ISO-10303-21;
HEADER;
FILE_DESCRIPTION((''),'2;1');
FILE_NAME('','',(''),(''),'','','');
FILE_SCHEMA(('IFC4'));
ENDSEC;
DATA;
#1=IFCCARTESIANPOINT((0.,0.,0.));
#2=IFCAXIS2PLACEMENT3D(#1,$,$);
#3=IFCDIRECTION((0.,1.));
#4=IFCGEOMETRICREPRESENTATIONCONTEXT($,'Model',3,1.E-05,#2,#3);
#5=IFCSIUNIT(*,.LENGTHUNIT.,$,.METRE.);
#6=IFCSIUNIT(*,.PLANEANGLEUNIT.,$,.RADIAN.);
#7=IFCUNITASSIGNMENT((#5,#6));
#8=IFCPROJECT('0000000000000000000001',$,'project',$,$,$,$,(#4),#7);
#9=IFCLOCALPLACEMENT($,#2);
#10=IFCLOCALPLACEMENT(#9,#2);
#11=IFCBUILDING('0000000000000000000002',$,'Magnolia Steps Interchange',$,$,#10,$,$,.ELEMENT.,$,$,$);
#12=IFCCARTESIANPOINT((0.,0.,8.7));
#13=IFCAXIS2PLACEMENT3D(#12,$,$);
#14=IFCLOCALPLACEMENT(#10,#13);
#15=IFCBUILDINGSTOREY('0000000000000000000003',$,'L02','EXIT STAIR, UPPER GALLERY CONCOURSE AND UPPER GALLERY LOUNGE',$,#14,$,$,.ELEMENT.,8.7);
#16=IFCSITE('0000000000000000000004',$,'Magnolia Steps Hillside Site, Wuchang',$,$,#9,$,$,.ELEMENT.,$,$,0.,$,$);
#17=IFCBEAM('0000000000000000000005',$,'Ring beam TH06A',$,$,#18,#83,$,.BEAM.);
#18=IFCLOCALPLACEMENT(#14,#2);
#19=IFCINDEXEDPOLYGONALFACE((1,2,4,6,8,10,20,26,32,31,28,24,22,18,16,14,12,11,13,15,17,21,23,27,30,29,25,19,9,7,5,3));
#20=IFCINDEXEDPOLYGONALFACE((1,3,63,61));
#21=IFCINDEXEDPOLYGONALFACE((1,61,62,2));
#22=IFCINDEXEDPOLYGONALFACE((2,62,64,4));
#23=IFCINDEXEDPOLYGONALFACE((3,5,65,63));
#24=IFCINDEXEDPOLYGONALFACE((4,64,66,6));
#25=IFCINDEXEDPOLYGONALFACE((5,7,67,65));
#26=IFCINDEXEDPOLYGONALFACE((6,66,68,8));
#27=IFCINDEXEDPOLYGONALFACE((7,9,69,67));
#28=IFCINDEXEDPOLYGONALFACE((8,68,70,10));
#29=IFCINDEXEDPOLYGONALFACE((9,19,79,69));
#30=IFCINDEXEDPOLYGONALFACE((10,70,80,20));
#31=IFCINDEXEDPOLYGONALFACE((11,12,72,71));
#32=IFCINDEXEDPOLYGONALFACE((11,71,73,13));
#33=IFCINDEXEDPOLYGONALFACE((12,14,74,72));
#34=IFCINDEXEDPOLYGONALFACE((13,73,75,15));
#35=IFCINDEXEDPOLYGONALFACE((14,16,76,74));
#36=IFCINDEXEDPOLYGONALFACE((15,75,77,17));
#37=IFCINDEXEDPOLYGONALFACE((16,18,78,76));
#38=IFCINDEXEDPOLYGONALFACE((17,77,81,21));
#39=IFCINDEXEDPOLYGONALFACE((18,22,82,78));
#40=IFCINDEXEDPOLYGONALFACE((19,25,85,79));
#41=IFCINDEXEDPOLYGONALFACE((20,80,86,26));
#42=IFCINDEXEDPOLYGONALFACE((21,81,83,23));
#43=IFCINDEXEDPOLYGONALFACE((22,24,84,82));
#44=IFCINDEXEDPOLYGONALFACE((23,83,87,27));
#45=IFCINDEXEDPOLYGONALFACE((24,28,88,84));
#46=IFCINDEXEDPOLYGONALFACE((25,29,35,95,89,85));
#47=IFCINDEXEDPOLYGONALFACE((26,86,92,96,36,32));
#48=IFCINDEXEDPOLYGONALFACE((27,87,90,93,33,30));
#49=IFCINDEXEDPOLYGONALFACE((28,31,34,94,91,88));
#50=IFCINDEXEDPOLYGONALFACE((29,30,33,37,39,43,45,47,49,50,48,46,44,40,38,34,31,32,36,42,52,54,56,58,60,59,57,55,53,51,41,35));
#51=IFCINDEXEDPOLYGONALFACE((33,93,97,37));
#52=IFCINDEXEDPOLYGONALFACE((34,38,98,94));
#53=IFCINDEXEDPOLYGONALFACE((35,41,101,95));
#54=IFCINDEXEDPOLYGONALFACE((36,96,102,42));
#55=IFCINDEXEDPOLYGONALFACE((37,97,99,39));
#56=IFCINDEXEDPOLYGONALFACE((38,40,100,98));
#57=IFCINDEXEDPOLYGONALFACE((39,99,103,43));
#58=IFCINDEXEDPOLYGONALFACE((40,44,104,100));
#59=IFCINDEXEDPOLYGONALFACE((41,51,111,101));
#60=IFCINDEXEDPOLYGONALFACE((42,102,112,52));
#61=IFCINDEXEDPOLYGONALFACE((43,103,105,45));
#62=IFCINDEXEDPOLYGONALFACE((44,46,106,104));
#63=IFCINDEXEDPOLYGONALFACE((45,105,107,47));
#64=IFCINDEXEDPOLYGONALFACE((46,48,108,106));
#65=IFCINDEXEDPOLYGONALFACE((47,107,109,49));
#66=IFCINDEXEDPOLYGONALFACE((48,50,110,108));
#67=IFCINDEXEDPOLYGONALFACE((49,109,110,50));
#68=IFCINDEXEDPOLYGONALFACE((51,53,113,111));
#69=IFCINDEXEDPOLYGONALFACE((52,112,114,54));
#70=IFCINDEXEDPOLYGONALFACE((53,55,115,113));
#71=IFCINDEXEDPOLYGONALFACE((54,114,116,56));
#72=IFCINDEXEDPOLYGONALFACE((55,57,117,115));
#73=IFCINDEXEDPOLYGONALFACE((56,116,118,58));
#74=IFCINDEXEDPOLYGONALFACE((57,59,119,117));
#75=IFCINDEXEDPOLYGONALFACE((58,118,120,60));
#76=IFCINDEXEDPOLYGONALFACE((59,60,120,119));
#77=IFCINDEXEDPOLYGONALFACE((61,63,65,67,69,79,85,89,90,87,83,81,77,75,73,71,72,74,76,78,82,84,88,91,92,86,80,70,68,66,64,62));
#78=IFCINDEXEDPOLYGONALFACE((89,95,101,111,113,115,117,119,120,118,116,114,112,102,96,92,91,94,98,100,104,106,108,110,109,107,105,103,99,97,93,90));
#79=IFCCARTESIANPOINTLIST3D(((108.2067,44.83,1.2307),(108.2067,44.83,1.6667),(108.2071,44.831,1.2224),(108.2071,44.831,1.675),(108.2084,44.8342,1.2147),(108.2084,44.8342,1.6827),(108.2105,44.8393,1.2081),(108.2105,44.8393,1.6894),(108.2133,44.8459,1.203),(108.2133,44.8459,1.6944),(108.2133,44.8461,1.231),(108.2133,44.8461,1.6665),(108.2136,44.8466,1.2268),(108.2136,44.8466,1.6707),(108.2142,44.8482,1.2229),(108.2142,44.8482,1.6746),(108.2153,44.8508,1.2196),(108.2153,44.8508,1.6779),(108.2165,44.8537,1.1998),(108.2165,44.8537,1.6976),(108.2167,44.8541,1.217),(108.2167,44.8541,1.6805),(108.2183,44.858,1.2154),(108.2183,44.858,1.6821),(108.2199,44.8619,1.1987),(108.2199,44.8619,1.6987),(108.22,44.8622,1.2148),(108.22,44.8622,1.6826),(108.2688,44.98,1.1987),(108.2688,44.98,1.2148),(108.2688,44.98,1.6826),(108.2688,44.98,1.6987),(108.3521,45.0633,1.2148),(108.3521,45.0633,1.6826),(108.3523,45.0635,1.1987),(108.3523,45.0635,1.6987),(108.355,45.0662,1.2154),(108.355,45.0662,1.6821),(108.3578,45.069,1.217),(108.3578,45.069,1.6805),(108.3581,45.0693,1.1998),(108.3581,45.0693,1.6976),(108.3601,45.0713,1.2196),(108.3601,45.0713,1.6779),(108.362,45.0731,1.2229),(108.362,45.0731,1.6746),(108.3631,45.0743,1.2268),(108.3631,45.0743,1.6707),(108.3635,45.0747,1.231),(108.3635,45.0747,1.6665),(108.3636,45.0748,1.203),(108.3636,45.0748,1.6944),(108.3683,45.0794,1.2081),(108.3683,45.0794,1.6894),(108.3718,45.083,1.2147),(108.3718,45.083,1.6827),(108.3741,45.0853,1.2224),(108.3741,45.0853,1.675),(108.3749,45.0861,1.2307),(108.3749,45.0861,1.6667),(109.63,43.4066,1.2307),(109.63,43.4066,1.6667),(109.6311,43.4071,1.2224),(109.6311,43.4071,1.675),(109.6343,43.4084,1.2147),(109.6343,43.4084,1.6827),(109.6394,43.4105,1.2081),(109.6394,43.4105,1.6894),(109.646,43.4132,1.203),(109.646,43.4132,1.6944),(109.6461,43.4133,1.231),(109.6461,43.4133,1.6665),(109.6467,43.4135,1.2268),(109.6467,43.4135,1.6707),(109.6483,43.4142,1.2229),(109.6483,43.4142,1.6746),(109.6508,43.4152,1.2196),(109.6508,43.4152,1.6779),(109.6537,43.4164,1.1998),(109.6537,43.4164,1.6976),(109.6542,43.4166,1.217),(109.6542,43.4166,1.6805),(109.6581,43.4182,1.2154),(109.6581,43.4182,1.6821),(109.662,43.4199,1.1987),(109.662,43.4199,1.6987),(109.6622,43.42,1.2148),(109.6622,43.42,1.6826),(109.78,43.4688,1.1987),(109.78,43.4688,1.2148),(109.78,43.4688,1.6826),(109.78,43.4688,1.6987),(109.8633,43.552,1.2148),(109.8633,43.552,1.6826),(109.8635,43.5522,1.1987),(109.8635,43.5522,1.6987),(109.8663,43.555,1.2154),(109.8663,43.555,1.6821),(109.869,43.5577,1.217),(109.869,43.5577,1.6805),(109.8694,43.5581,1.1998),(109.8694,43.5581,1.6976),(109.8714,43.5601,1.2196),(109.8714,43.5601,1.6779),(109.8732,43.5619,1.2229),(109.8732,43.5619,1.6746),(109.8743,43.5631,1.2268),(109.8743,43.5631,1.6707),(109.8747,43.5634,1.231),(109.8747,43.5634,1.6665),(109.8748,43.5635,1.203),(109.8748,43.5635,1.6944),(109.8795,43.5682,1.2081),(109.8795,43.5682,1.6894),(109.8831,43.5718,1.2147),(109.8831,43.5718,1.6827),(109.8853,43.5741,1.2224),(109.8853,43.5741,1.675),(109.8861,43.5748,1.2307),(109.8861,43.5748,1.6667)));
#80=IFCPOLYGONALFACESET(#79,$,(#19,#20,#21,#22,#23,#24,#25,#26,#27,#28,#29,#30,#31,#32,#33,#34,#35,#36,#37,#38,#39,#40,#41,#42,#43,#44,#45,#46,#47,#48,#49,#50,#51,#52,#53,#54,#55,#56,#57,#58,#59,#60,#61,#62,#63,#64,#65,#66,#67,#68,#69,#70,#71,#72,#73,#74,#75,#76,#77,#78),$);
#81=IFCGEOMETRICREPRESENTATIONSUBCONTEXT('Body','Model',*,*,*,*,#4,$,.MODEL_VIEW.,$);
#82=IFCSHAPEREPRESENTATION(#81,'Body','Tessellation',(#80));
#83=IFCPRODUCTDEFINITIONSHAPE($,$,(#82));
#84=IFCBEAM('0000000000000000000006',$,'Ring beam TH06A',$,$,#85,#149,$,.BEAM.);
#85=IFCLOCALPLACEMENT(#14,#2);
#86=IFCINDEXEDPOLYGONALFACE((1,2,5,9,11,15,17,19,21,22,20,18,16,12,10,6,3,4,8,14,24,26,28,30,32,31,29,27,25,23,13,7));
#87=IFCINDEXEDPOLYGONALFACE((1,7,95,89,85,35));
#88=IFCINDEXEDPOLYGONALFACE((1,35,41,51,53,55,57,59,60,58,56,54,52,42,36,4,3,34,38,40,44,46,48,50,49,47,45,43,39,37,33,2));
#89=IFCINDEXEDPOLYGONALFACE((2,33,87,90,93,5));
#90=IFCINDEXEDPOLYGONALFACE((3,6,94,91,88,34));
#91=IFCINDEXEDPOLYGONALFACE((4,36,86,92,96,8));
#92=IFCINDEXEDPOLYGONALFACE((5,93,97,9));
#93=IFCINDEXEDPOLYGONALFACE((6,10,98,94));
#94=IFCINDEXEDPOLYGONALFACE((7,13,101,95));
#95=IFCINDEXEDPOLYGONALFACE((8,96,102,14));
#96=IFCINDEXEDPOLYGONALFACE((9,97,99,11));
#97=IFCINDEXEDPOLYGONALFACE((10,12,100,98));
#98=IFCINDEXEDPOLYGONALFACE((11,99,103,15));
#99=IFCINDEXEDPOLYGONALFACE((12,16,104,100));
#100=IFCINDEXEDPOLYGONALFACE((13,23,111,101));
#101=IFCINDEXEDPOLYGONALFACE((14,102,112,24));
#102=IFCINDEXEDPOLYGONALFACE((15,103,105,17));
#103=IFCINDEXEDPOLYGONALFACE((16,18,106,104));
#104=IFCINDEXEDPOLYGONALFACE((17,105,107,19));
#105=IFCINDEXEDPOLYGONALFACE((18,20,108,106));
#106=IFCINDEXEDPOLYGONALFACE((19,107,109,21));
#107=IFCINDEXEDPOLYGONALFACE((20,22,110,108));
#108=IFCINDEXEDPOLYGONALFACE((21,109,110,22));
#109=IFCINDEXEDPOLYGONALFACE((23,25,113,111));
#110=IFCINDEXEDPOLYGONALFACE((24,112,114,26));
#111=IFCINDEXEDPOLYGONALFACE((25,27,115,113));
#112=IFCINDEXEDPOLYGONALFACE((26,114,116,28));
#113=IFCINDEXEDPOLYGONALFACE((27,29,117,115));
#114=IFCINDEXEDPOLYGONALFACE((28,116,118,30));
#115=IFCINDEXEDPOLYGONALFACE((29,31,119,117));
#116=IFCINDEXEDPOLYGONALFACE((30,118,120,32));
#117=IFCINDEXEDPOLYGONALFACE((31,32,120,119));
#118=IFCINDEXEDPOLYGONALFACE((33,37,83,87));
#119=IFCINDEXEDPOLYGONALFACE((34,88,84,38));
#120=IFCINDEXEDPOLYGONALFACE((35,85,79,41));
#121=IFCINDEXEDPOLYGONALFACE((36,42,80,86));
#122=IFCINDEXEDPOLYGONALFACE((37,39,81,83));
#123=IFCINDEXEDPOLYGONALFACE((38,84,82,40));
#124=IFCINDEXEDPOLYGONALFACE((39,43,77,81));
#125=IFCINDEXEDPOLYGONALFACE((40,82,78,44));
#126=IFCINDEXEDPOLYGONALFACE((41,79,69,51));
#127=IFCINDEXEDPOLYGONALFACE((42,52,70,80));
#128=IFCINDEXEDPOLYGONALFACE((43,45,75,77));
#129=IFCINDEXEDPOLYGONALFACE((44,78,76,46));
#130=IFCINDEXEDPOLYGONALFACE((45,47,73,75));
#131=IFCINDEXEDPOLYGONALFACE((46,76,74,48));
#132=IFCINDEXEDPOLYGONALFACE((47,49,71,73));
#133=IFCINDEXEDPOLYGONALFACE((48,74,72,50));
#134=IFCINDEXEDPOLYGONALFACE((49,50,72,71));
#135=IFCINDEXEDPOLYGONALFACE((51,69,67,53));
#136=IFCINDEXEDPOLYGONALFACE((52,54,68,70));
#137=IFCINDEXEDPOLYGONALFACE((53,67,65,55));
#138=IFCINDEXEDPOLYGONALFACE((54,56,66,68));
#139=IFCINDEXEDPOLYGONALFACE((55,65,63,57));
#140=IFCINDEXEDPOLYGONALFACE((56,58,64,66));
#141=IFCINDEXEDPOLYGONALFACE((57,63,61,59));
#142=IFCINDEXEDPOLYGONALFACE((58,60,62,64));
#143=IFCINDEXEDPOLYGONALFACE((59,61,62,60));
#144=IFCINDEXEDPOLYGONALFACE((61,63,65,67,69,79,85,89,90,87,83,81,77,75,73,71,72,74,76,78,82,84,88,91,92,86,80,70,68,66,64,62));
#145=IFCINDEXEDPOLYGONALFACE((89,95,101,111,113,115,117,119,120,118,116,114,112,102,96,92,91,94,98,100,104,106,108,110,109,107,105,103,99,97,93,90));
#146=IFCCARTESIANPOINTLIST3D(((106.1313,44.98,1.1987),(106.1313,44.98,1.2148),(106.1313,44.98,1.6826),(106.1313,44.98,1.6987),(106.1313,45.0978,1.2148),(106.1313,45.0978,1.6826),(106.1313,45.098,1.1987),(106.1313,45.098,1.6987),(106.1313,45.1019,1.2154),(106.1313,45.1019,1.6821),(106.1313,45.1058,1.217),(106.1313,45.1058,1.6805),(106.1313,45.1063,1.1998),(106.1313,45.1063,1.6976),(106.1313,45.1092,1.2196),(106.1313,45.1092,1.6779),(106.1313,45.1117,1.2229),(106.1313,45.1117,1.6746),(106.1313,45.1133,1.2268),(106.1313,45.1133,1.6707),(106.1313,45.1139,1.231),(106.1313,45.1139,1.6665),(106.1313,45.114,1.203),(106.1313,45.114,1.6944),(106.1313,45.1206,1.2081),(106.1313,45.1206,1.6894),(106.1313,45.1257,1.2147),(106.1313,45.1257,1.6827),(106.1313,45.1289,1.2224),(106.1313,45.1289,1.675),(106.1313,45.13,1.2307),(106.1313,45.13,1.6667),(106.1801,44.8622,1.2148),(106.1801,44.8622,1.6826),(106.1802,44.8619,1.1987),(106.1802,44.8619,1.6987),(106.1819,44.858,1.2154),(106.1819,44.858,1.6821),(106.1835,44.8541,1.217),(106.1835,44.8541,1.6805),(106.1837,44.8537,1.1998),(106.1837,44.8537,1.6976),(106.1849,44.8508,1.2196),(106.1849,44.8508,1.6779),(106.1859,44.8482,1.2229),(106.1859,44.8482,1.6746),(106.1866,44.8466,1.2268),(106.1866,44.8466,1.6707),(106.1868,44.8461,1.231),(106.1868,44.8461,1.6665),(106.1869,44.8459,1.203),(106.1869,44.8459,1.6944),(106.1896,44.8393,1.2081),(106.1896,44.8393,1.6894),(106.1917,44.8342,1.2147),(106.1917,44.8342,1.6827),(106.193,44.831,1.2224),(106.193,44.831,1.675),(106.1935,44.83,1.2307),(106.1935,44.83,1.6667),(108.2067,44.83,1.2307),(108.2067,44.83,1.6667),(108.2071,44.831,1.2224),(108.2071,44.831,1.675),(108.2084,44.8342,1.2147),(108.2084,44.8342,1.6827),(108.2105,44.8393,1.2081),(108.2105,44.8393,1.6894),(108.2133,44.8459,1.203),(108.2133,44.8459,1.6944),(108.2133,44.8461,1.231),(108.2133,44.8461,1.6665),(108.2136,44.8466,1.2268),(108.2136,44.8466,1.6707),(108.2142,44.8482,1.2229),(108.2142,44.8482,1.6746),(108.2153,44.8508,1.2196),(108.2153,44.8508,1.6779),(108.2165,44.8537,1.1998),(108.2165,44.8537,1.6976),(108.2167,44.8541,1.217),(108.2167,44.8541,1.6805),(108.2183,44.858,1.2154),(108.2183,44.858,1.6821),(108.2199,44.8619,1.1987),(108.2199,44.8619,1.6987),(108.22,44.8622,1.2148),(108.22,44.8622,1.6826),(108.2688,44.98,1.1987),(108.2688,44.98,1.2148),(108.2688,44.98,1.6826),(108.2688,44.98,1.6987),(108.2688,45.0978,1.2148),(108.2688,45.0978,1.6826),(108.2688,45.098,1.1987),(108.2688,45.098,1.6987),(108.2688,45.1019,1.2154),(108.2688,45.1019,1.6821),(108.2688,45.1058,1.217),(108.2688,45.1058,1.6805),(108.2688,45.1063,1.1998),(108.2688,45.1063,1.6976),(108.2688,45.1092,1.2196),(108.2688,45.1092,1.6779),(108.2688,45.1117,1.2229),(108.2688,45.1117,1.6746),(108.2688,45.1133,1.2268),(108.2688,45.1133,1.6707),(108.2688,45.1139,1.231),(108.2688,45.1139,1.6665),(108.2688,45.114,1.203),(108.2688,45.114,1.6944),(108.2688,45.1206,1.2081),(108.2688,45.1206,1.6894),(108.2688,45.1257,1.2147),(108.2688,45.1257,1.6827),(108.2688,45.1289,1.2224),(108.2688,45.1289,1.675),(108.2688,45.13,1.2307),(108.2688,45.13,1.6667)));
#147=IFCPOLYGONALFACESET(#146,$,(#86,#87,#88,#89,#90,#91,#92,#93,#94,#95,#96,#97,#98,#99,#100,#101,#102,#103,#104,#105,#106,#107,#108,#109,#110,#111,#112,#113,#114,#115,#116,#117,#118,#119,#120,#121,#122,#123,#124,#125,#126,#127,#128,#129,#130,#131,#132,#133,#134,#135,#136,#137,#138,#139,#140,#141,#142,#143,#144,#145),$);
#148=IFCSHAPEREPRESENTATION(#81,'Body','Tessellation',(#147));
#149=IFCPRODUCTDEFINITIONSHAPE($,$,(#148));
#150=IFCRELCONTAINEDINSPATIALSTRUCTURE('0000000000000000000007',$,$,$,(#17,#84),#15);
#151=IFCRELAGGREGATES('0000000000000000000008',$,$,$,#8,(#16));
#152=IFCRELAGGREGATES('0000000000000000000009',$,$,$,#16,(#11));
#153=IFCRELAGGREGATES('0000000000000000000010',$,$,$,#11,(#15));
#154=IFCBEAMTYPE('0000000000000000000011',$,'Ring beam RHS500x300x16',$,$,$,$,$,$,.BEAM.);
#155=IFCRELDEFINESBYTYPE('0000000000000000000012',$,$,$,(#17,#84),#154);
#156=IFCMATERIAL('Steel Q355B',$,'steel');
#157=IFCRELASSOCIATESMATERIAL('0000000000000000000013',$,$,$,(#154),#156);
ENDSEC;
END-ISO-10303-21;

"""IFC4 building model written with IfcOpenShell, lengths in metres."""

from ifc_helpers import new_model, si_unit, direction, frame, origin, origin_2d, place, context, subcontext, project, spatial, hollow_rectangle, extrude, clip, halfspace, material, material_profile, profile_set, type_object, element, save


model = new_model("IFC4")

# Units and contexts
model_context = context("Model", 3, precision=1e-05, world=origin(), true_north=direction((0.0, 1.0)))
body_context = subcontext(model_context, "Body", "Model", "MODEL_VIEW")
ifc_project = project(units=[si_unit("LENGTHUNIT", "METRE"), si_unit("PLANEANGLEUNIT", "RADIAN")], contexts=[model_context])

# Site, building, storey
site_placement = place(None, origin())
site = spatial("IfcSite", under=ifc_project, at=site_placement, Name="Magnolia Steps Hillside Site, Wuchang", CompositionType="ELEMENT", RefElevation=0.0)
building_placement = place(site_placement, origin())
building = spatial("IfcBuilding", under=site, at=building_placement, Name="Magnolia Steps Interchange", CompositionType="ELEMENT")
storey_placement = place(building_placement, frame((0.0, 0.0, 8.7)))
storey = spatial("IfcBuildingStorey", under=building, at=storey_placement, Name="L02", Description="EXIT STAIR, UPPER GALLERY CONCOURSE AND UPPER GALLERY LOUNGE", CompositionType="ELEMENT", Elevation=8.7)

# Beams
ifc_material_1 = material(Name="Steel Q355B", Category="steel")
ifc_material_profile_1 = material_profile(ifc_material_1, hollow_rectangle(XDim=0.3, YDim=0.5, WallThickness=0.0161, InnerFilletRadius=0.0161, OuterFilletRadius=0.032, at=origin_2d()), Name="RHS500x300x16")
ifc_profile_set_1 = profile_set([ifc_material_profile_1], Name="Steel Q355B")
beam_type = type_object("IfcBeamType", Name="Ring beam RHS500x300x16", PredefinedType="BEAM", material=ifc_profile_set_1)
beam_1_placement = place(storey_placement, frame((109.78, 43.4688, 1.4487), z_axis=(-0.707107, 0.707107, 0.0), x_axis=(-0.707107, -0.707107, 0.0)))
element("IfcBeam", 1, at=beam_1_placement, inside=storey, type_object=beam_type, Name="Ring beam TH06A", PredefinedType="BEAM", context=body_context, shape_type="Clipping", body=[
    clip(clip(extrude(hollow_rectangle(XDim=0.3, YDim=0.5, WallThickness=0.0161, InnerFilletRadius=0.0161, OuterFilletRadius=0.032, at=origin_2d()), origin(), (0.0, 0.0, 1.0), 2.1372), halfspace(frame((0.0, 0.0, 0.0), z_axis=(0.382683, 0.0, -0.92388), x_axis=(0.92388, 0.0, 0.382683)), False)), halfspace(frame((0.0, 0.0, 2.1372), z_axis=(0.382683, 0.0, 0.92388), x_axis=(0.92388, 0.0, -0.382683)), False)),
])
beam_2_placement = place(storey_placement, frame((108.2688, 44.98, 1.4487), z_axis=(-1.0, 0.0, 0.0), x_axis=(0.0, -1.0, 0.0)))
element("IfcBeam", 2, at=beam_2_placement, inside=storey, type_object=beam_type, Name="Ring beam TH06A", PredefinedType="BEAM", context=body_context, shape_type="Clipping", body=[
    clip(clip(extrude(hollow_rectangle(XDim=0.3, YDim=0.5, WallThickness=0.0161, InnerFilletRadius=0.0161, OuterFilletRadius=0.032, at=origin_2d()), origin(), (0.0, 0.0, 1.0), 2.1375), halfspace(frame((0.0, 0.0, 0.0), z_axis=(0.382683, 0.0, -0.92388), x_axis=(0.92388, 0.0, 0.382683)), False)), halfspace(frame((0.0, 0.0, 2.1375), z_axis=(0.382683, 0.0, 0.92388), x_axis=(0.92388, 0.0, -0.382683)), False)),
])

save(model, "model.ifc")
